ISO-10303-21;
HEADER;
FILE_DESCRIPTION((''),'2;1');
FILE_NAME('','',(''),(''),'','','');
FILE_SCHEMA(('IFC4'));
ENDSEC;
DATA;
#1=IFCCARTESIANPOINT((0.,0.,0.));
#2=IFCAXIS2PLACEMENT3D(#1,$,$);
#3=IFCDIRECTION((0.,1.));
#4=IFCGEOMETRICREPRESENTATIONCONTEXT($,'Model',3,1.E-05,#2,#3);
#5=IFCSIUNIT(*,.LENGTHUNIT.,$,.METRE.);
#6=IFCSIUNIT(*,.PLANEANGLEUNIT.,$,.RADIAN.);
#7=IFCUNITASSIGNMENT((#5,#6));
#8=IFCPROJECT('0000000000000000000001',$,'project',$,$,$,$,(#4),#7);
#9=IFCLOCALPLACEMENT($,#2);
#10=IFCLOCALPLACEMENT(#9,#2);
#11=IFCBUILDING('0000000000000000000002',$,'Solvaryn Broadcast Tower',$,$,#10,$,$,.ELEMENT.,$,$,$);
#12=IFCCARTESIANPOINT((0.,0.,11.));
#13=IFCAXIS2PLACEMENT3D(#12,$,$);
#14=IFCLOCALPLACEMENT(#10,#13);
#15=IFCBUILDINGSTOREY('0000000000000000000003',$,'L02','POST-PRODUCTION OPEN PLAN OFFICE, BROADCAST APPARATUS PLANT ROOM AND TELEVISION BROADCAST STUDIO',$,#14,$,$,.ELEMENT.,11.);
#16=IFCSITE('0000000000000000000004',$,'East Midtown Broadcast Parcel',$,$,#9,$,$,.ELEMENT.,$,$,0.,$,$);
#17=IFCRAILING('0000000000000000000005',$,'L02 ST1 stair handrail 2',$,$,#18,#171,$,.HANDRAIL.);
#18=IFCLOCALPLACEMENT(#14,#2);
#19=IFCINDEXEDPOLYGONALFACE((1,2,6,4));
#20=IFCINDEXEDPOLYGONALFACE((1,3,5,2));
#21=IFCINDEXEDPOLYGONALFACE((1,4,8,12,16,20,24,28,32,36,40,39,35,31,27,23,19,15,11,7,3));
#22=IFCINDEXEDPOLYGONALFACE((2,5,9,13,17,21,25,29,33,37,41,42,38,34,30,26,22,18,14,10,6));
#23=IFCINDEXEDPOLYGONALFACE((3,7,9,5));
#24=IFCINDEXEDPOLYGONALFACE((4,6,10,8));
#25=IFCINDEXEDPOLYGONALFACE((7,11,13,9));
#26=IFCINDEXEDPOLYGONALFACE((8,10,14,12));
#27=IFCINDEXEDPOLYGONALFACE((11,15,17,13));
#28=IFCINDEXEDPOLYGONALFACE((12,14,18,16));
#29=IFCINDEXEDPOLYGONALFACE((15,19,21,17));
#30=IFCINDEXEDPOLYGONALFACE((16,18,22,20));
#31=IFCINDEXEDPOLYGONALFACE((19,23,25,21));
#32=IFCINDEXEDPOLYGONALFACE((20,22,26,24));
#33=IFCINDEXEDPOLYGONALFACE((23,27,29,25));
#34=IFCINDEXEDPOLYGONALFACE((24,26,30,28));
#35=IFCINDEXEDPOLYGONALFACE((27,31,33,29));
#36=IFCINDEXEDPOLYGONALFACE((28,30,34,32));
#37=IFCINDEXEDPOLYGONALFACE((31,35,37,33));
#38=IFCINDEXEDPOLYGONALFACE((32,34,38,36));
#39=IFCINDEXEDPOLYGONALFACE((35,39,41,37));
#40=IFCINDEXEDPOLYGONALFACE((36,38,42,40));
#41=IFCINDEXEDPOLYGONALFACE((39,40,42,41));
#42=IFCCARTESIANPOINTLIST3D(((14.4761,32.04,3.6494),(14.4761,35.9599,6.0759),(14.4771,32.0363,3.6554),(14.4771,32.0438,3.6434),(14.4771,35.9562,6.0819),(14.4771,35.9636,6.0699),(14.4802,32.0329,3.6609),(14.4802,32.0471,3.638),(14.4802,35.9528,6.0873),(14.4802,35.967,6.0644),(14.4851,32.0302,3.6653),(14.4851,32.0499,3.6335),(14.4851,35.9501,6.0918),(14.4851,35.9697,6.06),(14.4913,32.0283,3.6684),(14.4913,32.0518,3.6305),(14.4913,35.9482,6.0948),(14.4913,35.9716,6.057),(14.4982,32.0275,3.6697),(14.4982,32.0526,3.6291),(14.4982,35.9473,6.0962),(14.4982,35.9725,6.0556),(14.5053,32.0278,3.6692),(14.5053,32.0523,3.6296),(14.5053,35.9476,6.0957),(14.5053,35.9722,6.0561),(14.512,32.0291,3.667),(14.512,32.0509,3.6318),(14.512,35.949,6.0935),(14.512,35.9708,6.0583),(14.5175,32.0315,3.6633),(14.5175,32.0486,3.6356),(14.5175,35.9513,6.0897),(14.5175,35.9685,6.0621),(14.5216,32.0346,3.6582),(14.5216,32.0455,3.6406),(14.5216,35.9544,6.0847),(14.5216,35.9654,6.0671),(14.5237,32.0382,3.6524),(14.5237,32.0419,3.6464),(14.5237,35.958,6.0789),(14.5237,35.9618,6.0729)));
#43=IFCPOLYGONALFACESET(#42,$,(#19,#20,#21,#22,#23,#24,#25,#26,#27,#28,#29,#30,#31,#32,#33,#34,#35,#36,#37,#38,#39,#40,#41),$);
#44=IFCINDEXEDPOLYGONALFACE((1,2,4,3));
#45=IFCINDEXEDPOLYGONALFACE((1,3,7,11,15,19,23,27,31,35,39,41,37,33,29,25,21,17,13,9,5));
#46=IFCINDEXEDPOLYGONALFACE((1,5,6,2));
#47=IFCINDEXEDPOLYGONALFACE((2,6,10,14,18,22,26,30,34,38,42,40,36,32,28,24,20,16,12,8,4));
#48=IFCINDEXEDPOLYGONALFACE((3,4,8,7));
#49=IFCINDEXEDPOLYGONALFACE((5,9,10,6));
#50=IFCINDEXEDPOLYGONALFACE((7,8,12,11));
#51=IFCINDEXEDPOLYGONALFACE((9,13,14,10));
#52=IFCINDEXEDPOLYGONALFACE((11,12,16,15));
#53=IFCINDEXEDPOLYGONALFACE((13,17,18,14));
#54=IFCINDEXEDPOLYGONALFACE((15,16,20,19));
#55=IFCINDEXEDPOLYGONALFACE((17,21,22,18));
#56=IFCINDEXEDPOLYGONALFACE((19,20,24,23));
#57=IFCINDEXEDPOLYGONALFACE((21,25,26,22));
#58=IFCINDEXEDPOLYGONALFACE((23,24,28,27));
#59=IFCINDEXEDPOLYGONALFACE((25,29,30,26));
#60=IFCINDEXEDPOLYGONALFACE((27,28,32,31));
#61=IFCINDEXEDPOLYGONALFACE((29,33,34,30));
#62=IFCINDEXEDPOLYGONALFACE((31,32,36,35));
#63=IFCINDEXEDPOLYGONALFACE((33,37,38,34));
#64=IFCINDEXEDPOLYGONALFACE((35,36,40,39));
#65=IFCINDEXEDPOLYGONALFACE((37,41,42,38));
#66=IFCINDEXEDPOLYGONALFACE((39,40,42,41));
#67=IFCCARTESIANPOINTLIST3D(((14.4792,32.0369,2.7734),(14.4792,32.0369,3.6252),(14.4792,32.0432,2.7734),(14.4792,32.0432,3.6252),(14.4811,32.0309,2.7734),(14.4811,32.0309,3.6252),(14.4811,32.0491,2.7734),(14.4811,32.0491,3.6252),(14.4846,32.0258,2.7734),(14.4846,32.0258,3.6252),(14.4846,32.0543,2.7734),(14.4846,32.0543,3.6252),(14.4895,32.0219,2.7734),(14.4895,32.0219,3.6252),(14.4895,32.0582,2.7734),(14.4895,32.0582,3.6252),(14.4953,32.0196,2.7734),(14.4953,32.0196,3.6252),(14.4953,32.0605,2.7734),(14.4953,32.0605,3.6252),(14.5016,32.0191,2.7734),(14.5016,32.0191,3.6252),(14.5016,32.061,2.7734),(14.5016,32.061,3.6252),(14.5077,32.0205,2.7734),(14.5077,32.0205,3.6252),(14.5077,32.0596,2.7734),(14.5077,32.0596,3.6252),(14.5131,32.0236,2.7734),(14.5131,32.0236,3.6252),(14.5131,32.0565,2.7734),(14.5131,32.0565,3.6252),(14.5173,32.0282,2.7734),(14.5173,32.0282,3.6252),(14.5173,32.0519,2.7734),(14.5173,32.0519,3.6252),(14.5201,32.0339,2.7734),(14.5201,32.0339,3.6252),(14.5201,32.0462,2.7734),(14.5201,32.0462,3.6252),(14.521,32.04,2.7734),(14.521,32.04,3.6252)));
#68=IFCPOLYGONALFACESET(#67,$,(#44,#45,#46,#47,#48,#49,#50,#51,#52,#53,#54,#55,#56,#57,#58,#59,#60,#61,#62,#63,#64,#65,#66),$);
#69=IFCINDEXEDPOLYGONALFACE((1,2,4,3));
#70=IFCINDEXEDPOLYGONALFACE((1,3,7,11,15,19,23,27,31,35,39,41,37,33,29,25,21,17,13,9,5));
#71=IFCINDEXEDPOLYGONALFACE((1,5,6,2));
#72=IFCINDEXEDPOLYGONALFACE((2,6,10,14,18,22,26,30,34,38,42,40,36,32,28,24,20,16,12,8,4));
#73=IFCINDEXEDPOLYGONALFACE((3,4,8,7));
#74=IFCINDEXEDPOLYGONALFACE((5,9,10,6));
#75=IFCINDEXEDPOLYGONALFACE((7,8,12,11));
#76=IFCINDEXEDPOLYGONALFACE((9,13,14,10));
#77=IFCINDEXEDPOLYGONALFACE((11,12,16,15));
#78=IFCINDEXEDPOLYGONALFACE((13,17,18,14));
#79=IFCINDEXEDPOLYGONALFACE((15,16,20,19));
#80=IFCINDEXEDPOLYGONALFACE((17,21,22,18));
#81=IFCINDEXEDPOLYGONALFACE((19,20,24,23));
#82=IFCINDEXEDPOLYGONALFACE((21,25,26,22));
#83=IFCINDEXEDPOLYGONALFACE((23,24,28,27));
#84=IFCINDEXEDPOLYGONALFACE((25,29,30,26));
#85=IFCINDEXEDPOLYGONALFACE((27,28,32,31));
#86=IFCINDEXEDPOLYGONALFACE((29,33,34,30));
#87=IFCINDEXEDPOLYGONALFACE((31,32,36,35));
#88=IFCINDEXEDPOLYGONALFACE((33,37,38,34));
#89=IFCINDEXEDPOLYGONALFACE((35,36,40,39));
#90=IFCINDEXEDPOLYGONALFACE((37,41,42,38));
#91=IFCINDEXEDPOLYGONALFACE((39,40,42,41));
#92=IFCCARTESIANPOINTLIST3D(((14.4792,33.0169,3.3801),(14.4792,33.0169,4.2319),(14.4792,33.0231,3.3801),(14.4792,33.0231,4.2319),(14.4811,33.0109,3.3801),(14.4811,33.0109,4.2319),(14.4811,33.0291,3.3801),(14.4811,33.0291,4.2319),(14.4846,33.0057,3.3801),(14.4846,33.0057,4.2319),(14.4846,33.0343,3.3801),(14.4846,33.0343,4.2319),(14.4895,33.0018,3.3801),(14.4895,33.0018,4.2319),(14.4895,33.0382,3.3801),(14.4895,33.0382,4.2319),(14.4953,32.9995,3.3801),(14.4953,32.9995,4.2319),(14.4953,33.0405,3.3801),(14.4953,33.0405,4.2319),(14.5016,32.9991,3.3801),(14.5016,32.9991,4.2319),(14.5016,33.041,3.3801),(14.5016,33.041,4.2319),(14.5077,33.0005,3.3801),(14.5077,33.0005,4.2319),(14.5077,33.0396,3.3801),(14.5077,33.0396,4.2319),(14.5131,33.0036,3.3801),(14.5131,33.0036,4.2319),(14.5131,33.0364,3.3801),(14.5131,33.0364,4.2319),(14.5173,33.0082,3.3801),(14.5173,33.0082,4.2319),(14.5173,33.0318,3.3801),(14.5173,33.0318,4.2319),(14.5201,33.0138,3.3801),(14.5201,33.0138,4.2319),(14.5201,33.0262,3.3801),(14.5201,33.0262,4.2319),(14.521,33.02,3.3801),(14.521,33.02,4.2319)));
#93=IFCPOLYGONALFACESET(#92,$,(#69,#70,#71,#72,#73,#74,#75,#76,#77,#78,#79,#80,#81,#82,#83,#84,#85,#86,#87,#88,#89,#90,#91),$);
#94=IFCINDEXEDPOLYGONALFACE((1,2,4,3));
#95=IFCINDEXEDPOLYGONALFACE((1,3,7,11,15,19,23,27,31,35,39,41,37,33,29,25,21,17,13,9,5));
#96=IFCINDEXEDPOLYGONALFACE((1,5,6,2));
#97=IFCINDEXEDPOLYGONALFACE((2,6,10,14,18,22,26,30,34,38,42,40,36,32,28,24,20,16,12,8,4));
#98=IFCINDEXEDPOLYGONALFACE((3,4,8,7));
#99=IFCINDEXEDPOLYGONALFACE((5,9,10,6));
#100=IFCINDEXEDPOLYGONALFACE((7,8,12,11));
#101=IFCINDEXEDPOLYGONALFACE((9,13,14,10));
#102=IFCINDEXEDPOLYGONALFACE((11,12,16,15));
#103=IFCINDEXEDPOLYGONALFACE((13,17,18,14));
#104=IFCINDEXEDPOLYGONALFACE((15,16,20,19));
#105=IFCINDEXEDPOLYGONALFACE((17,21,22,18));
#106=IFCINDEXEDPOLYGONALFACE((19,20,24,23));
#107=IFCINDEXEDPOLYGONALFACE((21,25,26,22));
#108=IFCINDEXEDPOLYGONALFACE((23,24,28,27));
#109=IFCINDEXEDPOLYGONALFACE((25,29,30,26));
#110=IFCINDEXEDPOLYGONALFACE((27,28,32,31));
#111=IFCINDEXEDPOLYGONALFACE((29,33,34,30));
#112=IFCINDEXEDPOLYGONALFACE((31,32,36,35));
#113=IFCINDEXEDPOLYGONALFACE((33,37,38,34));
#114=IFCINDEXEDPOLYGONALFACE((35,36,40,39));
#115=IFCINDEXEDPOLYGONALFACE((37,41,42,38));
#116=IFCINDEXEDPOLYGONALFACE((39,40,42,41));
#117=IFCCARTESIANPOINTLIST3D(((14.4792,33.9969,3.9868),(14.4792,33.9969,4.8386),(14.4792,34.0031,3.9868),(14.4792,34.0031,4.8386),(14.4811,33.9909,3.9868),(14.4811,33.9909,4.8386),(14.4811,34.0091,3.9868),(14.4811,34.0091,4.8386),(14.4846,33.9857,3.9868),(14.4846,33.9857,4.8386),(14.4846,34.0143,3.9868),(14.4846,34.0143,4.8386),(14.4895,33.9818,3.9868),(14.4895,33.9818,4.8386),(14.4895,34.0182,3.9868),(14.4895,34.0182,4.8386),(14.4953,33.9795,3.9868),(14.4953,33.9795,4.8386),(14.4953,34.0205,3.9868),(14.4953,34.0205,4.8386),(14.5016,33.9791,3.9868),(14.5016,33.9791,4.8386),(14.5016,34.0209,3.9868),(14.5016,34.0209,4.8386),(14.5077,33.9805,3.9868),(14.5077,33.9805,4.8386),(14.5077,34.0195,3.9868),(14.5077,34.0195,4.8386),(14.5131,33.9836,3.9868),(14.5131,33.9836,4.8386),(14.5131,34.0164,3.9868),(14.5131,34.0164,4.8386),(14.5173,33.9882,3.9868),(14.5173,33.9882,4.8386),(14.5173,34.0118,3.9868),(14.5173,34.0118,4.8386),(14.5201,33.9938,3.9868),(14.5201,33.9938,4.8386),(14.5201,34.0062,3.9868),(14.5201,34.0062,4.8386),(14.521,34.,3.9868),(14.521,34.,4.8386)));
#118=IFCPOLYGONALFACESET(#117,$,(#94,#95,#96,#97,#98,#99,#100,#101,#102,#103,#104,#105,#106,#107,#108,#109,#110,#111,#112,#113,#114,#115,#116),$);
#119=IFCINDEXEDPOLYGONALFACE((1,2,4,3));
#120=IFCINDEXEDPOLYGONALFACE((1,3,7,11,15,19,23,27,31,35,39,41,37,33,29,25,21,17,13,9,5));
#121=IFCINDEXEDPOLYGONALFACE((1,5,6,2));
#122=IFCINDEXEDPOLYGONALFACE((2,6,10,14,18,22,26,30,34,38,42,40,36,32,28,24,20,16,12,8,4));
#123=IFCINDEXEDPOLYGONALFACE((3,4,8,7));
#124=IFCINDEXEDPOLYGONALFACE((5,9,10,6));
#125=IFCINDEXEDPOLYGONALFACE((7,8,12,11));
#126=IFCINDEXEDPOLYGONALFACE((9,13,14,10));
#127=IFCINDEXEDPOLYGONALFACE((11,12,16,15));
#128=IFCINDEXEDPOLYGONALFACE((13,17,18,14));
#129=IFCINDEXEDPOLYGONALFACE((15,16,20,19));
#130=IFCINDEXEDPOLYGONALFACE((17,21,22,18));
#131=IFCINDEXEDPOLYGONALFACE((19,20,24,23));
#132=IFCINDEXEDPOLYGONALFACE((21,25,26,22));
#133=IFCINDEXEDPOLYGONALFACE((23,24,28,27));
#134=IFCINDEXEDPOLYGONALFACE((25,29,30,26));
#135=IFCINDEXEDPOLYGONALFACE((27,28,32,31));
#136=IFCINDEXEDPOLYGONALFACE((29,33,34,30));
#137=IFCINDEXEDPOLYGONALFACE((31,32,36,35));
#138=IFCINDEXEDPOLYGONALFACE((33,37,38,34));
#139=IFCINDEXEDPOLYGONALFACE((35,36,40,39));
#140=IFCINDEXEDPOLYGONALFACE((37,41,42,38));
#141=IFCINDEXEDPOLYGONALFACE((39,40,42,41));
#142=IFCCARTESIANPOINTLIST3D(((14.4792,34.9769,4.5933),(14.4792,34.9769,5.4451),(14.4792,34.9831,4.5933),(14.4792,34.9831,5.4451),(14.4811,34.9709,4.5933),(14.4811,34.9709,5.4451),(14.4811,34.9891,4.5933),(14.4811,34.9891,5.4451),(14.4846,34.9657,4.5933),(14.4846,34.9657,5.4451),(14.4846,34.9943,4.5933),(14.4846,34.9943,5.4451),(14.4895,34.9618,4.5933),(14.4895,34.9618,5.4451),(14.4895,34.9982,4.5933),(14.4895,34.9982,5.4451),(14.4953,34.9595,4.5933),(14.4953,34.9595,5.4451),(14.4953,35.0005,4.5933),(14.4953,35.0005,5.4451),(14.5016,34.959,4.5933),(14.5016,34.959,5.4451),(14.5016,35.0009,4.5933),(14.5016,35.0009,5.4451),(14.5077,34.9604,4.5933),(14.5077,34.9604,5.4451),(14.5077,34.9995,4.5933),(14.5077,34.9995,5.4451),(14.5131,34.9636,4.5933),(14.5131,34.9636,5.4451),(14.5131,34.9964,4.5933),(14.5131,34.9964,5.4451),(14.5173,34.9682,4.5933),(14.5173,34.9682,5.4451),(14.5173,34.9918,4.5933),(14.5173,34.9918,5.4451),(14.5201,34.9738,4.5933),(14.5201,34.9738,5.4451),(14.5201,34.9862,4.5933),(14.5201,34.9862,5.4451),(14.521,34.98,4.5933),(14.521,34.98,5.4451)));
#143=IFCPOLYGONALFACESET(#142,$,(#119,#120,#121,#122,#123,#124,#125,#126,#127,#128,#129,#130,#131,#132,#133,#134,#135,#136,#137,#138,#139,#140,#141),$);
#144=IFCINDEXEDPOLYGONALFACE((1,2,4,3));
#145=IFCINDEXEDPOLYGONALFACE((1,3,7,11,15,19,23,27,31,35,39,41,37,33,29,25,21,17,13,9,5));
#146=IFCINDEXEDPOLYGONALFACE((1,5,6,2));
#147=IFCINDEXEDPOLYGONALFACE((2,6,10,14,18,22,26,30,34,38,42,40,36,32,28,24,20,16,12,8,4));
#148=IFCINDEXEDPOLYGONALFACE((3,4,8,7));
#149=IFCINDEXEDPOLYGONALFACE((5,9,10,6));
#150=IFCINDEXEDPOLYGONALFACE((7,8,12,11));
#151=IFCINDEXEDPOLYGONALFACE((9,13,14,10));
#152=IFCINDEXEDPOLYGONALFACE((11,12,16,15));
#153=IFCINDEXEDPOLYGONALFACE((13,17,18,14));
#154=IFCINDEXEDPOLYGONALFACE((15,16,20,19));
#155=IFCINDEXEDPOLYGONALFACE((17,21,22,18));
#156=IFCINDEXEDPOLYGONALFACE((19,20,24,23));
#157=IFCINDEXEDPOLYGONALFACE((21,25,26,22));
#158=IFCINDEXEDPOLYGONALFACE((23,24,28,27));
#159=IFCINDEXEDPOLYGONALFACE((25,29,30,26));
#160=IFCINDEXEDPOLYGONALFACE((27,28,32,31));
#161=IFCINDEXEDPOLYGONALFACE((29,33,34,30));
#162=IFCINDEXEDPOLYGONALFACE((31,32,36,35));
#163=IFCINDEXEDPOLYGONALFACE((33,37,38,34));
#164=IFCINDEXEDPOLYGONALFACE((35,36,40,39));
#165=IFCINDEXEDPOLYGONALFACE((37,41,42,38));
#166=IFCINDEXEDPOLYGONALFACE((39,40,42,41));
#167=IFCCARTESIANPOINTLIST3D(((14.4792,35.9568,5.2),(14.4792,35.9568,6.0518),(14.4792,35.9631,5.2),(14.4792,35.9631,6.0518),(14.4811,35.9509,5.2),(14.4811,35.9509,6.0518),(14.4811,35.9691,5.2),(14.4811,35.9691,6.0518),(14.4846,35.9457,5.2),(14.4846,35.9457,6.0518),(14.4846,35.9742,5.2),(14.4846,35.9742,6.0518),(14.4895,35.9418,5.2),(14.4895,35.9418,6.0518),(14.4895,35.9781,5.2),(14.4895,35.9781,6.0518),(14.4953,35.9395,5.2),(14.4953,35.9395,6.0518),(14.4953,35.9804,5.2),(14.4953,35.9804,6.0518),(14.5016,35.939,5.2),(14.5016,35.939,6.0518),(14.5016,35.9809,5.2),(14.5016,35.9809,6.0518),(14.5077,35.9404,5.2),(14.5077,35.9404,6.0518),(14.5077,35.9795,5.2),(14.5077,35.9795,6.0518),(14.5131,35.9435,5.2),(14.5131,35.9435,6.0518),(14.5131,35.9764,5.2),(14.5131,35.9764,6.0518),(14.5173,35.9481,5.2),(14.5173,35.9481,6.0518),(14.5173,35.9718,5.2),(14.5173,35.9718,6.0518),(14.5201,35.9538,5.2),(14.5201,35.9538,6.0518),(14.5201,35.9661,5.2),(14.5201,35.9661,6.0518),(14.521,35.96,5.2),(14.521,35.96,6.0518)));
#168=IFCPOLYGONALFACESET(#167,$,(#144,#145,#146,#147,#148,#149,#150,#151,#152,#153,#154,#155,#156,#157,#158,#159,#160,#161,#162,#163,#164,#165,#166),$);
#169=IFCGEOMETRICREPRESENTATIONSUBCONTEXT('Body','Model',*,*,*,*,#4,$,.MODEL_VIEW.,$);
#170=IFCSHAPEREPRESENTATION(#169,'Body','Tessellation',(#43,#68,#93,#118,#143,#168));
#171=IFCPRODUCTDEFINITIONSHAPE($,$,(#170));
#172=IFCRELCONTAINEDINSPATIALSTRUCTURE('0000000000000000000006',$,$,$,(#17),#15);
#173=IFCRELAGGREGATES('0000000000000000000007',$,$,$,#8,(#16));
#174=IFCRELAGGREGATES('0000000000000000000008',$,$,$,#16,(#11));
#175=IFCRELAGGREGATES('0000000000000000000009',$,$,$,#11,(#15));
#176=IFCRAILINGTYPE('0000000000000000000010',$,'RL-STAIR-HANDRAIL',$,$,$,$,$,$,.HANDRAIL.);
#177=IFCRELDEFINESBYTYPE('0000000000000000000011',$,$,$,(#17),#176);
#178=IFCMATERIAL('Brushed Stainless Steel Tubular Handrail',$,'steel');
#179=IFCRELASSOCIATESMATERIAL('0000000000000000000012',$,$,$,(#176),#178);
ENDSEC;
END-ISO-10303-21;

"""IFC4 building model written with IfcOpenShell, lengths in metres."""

from ifc_helpers import new_model, si_unit, direction, frame, origin, origin_2d, place, context, subcontext, project, spatial, circle, extrude, material, type_object, element, save


model = new_model("IFC4")

# Units and contexts
model_context = context("Model", 3, precision=1e-05, world=origin(), true_north=direction((0.0, 1.0)))
body_context = subcontext(model_context, "Body", "Model", "MODEL_VIEW")
ifc_project = project(units=[si_unit("LENGTHUNIT", "METRE"), si_unit("PLANEANGLEUNIT", "RADIAN")], contexts=[model_context])

# Site, building, storey
site_placement = place(None, origin())
site = spatial("IfcSite", under=ifc_project, at=site_placement, Name="East Midtown Broadcast Parcel", CompositionType="ELEMENT", RefElevation=0.0)
building_placement = place(site_placement, origin())
building = spatial("IfcBuilding", under=site, at=building_placement, Name="Solvaryn Broadcast Tower", CompositionType="ELEMENT")
storey_placement = place(building_placement, frame((0.0, 0.0, 11.0)))
storey = spatial("IfcBuildingStorey", under=building, at=storey_placement, Name="L02", Description="POST-PRODUCTION OPEN PLAN OFFICE, BROADCAST APPARATUS PLANT ROOM AND TELEVISION BROADCAST STUDIO", CompositionType="ELEMENT", Elevation=11.0)

# Railing
ifc_material_1 = material(Name="Brushed Stainless Steel Tubular Handrail", Category="steel")
railing_type_1 = type_object("IfcRailingType", Name="RL-STAIR-HANDRAIL", PredefinedType="HANDRAIL", material=ifc_material_1)
railing_1_placement = place(storey_placement, frame((14.5, 32.04, 2.7734)))
element("IfcRailing", 1, at=railing_1_placement, inside=storey, type_object=railing_type_1, Name="L02 ST1 stair handrail 2", PredefinedType="HANDRAIL", context=body_context, shape_type="SweptSolid", body=[
    extrude(circle(Radius=0.0239, at=origin_2d()), frame((0.0, 0.0, 0.876), z_axis=(0.0, 0.850275, 0.526338), x_axis=(-1.0, 0.0, 0.0)), (0.0, 0.0, 1.0), 4.6101),
    extrude(circle(Radius=0.021, at=origin_2d()), origin(), (0.0, 0.0, 1.0), 0.8518),
    extrude(circle(Radius=0.021, at=origin_2d()), frame((0.0, 0.98, 0.6067)), (0.0, 0.0, 1.0), 0.8518),
    extrude(circle(Radius=0.021, at=origin_2d()), frame((0.0, 1.96, 1.2134)), (0.0, 0.0, 1.0), 0.8518),
    extrude(circle(Radius=0.021, at=origin_2d()), frame((0.0, 2.9399, 1.8198)), (0.0, 0.0, 1.0), 0.8518),
    extrude(circle(Radius=0.021, at=origin_2d()), frame((0.0, 3.9199, 2.4265)), (0.0, 0.0, 1.0), 0.8518),
])

save(model, "model.ifc")
